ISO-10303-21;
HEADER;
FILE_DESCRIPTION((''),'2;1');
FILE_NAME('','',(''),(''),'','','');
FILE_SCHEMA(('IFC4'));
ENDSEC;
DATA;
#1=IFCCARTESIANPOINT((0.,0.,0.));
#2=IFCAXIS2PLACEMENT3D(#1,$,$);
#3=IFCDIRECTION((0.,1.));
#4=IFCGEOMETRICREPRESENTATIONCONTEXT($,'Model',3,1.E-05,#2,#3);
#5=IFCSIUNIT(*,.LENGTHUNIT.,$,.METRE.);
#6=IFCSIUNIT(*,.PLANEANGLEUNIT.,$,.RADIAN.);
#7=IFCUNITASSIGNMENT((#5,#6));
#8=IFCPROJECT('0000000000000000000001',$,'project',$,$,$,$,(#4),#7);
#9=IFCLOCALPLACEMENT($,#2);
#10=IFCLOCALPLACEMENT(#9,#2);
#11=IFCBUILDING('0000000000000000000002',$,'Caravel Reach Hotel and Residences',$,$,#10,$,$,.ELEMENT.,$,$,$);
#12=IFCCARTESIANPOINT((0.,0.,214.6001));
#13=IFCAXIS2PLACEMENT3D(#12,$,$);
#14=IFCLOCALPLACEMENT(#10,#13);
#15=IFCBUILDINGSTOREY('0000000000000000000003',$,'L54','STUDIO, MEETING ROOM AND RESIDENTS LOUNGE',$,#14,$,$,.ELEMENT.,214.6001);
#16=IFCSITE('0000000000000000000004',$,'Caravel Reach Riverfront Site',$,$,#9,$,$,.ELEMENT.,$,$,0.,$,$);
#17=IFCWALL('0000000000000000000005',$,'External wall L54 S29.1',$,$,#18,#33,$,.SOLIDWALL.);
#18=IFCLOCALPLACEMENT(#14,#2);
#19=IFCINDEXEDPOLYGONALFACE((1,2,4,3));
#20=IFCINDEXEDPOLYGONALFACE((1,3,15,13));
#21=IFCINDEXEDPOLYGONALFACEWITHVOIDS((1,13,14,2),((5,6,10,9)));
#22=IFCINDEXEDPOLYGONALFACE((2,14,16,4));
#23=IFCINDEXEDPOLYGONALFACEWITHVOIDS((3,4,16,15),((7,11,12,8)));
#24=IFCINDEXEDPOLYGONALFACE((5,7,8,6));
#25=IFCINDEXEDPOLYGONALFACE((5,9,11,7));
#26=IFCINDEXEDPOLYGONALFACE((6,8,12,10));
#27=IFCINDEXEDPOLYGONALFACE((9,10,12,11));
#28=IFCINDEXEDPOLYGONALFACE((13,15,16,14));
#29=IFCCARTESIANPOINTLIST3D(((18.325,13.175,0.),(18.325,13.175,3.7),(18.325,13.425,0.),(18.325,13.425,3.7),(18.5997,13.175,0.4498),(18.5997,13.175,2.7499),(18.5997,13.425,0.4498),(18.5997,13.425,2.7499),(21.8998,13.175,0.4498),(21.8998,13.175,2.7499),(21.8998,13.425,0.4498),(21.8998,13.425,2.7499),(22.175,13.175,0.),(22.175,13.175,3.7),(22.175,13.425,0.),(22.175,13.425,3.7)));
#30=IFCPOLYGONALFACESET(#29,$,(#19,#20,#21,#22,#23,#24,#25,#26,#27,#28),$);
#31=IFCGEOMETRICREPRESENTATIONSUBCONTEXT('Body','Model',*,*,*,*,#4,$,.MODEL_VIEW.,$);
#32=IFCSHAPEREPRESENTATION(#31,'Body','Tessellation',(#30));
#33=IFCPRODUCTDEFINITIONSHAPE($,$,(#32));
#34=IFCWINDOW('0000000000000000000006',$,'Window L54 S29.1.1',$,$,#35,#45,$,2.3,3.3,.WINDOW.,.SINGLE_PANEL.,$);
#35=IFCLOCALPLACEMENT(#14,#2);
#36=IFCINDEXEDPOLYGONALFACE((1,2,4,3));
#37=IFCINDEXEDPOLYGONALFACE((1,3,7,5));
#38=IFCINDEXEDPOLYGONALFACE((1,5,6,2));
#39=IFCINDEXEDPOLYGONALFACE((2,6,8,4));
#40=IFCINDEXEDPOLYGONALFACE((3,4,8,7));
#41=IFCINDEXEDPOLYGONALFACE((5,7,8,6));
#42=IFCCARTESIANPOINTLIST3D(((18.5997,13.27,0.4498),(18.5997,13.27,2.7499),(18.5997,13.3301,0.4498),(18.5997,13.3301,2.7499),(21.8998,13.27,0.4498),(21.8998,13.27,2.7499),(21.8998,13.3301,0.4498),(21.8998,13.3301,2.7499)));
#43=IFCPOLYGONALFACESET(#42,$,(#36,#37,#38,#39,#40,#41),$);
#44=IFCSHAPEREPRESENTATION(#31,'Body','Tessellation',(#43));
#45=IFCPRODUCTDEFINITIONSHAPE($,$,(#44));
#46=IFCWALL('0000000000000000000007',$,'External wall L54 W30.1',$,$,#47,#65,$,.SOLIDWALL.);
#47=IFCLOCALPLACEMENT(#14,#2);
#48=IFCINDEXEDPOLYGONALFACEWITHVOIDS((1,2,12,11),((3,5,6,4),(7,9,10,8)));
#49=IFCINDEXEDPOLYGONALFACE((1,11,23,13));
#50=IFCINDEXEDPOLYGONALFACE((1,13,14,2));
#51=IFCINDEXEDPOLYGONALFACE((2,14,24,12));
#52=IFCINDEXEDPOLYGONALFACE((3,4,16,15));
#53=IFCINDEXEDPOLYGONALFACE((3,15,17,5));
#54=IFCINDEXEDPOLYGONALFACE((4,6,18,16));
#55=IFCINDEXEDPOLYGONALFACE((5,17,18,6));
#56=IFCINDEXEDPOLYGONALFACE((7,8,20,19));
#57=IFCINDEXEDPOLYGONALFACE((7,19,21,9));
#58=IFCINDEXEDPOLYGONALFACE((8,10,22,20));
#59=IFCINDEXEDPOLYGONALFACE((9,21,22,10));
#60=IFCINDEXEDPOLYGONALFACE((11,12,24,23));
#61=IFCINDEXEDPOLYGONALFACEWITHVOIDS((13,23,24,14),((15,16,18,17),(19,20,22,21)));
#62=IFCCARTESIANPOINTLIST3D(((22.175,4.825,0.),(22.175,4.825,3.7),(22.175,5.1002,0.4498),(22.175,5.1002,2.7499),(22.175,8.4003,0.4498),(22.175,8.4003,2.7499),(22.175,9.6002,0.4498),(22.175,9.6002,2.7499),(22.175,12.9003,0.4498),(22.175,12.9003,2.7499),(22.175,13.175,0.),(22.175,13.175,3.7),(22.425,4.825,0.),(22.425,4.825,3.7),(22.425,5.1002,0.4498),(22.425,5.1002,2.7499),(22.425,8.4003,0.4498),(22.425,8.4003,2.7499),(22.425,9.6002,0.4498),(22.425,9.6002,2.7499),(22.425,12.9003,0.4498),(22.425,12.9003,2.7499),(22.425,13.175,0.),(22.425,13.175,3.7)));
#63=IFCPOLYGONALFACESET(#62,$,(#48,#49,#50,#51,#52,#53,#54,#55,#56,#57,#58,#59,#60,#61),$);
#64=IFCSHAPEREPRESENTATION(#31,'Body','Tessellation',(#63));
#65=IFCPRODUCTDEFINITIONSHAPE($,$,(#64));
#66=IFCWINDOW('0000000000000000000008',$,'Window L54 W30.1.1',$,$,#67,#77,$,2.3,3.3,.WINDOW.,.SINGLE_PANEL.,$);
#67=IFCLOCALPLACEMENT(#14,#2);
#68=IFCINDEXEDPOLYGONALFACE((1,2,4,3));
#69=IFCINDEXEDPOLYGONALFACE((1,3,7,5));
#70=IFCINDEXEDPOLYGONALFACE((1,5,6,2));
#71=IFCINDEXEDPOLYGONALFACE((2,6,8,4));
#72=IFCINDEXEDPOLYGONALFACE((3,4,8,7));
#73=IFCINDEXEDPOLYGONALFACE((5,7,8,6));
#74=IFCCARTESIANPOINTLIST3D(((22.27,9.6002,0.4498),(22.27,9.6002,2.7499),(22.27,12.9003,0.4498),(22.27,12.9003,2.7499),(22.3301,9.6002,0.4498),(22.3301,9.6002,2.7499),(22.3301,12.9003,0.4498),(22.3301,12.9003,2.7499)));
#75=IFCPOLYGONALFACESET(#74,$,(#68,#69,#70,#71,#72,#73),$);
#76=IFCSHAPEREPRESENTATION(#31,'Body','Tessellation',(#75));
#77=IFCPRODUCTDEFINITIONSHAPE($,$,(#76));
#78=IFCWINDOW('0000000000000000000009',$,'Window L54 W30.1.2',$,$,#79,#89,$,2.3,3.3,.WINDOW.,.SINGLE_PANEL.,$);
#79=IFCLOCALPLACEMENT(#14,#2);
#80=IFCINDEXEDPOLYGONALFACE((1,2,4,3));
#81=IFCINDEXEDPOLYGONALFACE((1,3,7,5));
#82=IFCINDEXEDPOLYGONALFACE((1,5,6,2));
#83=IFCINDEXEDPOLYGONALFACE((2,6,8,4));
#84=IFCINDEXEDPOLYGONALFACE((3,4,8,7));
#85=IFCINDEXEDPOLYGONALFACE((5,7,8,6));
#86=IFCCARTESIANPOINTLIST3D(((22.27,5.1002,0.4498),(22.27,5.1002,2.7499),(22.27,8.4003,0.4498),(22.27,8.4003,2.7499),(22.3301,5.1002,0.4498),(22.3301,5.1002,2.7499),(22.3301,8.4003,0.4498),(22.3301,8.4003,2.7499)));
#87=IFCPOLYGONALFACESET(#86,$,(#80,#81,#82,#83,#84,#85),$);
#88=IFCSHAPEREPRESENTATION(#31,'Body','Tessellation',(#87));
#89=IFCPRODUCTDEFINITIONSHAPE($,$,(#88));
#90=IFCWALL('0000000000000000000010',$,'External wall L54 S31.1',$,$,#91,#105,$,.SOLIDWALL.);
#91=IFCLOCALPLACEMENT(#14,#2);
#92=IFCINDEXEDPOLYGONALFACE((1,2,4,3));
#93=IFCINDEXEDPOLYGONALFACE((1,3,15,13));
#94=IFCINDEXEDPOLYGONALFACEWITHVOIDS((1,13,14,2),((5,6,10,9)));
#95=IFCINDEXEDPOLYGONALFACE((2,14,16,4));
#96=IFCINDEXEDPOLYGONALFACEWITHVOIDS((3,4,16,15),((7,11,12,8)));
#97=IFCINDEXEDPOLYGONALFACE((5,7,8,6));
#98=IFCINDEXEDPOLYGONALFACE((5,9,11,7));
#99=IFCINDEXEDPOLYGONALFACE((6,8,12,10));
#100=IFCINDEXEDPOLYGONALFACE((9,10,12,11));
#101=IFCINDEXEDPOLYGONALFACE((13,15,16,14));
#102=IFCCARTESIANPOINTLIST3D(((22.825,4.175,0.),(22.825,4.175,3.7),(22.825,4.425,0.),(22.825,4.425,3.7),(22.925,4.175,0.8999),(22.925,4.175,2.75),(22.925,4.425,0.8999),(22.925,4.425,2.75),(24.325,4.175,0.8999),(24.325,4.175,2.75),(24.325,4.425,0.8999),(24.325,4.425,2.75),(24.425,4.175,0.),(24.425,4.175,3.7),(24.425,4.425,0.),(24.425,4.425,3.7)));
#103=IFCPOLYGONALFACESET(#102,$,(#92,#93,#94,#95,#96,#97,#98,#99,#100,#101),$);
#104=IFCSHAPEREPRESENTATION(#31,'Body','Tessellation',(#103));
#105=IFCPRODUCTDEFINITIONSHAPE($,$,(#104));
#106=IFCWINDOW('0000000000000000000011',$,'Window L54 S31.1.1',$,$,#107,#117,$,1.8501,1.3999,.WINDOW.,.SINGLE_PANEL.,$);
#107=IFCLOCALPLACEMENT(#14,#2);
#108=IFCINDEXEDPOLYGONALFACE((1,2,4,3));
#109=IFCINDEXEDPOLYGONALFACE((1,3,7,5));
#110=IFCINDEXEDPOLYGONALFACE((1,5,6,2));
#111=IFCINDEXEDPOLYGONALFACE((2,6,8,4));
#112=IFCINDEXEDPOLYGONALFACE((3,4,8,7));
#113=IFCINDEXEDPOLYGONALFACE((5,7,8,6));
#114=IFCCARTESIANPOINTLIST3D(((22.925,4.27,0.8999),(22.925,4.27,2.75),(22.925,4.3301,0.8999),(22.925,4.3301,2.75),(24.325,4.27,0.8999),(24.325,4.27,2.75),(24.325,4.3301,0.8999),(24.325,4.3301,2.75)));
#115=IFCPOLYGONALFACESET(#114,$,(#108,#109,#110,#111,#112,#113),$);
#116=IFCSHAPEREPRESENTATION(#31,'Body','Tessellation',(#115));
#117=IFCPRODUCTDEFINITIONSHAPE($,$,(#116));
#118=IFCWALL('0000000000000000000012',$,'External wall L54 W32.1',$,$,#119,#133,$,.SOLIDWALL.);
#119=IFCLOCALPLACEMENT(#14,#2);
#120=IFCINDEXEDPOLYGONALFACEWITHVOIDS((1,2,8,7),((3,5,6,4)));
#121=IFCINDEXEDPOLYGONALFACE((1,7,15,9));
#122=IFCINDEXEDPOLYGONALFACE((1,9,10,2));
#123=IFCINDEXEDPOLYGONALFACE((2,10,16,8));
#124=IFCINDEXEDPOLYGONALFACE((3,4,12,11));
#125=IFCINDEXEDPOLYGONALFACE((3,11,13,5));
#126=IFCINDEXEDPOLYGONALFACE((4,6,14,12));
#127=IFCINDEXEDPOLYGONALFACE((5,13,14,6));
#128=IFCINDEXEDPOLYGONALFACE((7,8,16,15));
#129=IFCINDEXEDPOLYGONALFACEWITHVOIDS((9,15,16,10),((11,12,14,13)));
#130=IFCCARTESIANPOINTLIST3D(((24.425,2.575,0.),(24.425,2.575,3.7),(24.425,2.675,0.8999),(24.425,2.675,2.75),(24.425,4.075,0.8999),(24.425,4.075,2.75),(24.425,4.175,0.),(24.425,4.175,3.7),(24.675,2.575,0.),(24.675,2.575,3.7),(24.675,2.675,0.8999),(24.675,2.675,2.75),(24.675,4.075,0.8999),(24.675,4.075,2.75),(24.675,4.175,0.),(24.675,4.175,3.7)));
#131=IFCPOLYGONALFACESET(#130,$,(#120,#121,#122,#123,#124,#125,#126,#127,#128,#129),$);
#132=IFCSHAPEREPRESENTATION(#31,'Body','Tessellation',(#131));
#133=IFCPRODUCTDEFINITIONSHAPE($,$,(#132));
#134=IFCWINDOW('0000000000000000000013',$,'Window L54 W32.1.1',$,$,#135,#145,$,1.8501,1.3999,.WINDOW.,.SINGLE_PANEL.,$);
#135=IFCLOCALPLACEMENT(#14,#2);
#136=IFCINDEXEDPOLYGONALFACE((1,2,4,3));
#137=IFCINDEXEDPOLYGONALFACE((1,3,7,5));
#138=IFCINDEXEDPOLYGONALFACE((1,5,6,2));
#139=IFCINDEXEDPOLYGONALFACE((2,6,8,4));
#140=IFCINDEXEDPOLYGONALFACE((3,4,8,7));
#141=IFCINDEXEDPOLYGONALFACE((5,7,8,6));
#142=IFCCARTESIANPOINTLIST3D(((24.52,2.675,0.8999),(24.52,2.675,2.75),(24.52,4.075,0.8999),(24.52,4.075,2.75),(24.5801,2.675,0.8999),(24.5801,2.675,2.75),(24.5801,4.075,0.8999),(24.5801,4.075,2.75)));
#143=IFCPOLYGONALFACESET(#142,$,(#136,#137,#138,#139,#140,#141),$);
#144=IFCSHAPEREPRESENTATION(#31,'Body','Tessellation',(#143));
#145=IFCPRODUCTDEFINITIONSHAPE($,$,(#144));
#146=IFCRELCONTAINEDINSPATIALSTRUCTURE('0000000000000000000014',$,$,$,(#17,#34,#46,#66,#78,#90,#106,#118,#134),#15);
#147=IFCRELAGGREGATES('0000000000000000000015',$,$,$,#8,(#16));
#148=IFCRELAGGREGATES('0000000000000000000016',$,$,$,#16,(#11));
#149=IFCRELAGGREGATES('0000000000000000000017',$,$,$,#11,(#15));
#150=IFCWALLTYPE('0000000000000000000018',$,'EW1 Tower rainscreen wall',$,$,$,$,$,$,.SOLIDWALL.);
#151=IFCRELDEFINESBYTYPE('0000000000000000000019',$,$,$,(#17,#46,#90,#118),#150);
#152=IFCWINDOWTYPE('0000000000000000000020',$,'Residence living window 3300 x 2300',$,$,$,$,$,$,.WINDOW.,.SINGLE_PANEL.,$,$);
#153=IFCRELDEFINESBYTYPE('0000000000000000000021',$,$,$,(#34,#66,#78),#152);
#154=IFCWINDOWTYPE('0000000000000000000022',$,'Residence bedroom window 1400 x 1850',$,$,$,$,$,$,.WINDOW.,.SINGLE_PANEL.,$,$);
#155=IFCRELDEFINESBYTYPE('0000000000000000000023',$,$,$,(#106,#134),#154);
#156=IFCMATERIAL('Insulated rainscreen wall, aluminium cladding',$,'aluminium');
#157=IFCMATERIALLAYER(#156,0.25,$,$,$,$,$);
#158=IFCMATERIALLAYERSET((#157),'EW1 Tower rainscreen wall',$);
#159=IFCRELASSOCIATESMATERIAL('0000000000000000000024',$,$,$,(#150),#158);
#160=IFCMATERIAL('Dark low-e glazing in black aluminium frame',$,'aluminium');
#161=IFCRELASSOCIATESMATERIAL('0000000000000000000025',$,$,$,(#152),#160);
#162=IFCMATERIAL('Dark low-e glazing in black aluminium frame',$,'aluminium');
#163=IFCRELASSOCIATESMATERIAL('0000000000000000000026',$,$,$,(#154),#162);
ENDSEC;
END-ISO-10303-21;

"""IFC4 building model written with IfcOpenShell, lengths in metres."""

from ifc_helpers import new_model, si_unit, direction, frame, frame_2d, origin, place, context, subcontext, project, spatial, rectangle, extrude, material, layer, layer_set, type_object, element, fill, save


model = new_model("IFC4")

# Units and contexts
model_context = context("Model", 3, precision=1e-05, world=origin(), true_north=direction((0.0, 1.0)))
body_context = subcontext(model_context, "Body", "Model", "MODEL_VIEW")
ifc_project = project(units=[si_unit("LENGTHUNIT", "METRE"), si_unit("PLANEANGLEUNIT", "RADIAN")], contexts=[model_context])

# Site, building, storey
site_placement = place(None, origin())
site = spatial("IfcSite", under=ifc_project, at=site_placement, Name="Caravel Reach Riverfront Site", CompositionType="ELEMENT", RefElevation=0.0)
building_placement = place(site_placement, origin())
building = spatial("IfcBuilding", under=site, at=building_placement, Name="Caravel Reach Hotel and Residences", CompositionType="ELEMENT")
storey_placement = place(building_placement, frame((0.0, 0.0, 214.6001)))
storey = spatial("IfcBuildingStorey", under=building, at=storey_placement, Name="L54", Description="STUDIO, MEETING ROOM AND RESIDENTS LOUNGE", CompositionType="ELEMENT", Elevation=214.6001)

# Wall, opening, window
ifc_material_1 = material(Name="Insulated rainscreen wall, aluminium cladding", Category="aluminium")
ifc_layer_1 = layer(ifc_material_1, 0.25)
ifc_layer_set_1 = layer_set([ifc_layer_1], Name="EW1 Tower rainscreen wall")
wall_type_1 = type_object("IfcWallType", Name="EW1 Tower rainscreen wall", PredefinedType="SOLIDWALL", material=ifc_layer_set_1)
wall_1_placement = place(storey_placement, frame((18.325, 13.3, 0.0), z_axis=(0.0, 0.0, 1.0), x_axis=(1.0, 0.0, 0.0)))
wall_1 = element("IfcWall", 1, at=wall_1_placement, inside=storey, type_object=wall_type_1, Name="External wall L54 S29.1", PredefinedType="SOLIDWALL", context=body_context, shape_type="SweptSolid", body=[
    extrude(rectangle(XDim=3.8501, YDim=0.25, at=frame_2d((1.925, 0.0))), origin(), (0.0, 0.0, 1.0), 3.7),
])
opening_1_placement = place(wall_1_placement, frame((0.2749, 0.0, 0.45)))
opening_1 = element("IfcOpeningElement", 2, at=opening_1_placement, cuts=wall_1, PredefinedType="OPENING", context=body_context, shape_type="SweptSolid", body=[
    extrude(rectangle(XDim=3.3, YDim=2.3, at=frame_2d((1.6499, 1.1499))), frame((0.0, 0.135, 0.0), z_axis=(0.0, -1.0, 0.0), x_axis=(1.0, 0.0, 0.0)), (0.0, 0.0, 1.0), 0.27),
])
ifc_material_2 = material(Name="Dark low-e glazing in black aluminium frame", Category="aluminium")
window_type_1 = type_object("IfcWindowType", Name="Residence living window 3300 x 2300", PartitioningType="SINGLE_PANEL", PredefinedType="WINDOW", material=ifc_material_2)
window_1_placement = place(opening_1_placement, origin())
window_1 = element("IfcWindow", 3, at=window_1_placement, inside=storey, type_object=window_type_1, Name="Window L54 S29.1.1", OverallHeight=2.3, OverallWidth=3.3, PartitioningType="SINGLE_PANEL", PredefinedType="WINDOW", context=body_context, shape_type="SweptSolid", body=[
    extrude(rectangle(XDim=3.3, YDim=2.3, at=frame_2d((1.6499, 1.1499))), frame((0.0, 0.03, 0.0), z_axis=(0.0, -1.0, 0.0), x_axis=(1.0, 0.0, 0.0)), (0.0, 0.0, 1.0), 0.0601),
])
fill(opening_1, window_1)

# Wall, openings, windows
wall_2_placement = place(storey_placement, frame((22.3, 13.175, 0.0), z_axis=(0.0, 0.0, 1.0), x_axis=(0.0, -1.0, 0.0)))
wall_2 = element("IfcWall", 4, at=wall_2_placement, inside=storey, type_object=wall_type_1, Name="External wall L54 W30.1", PredefinedType="SOLIDWALL", context=body_context, shape_type="SweptSolid", body=[
    extrude(rectangle(XDim=8.3501, YDim=0.25, at=frame_2d((4.175, 0.0))), origin(), (0.0, 0.0, 1.0), 3.7),
])
opening_2_placement = place(wall_2_placement, frame((0.2749, 0.0, 0.45)))
opening_2 = element("IfcOpeningElement", 5, at=opening_2_placement, cuts=wall_2, PredefinedType="OPENING", context=body_context, shape_type="SweptSolid", body=[
    extrude(rectangle(XDim=3.3, YDim=2.3, at=frame_2d((1.6499, 1.1499))), frame((0.0, 0.135, 0.0), z_axis=(0.0, -1.0, 0.0), x_axis=(1.0, 0.0, 0.0)), (0.0, 0.0, 1.0), 0.27),
])
opening_3_placement = place(wall_2_placement, frame((4.7749, 0.0, 0.45)))
opening_3 = element("IfcOpeningElement", 6, at=opening_3_placement, cuts=wall_2, PredefinedType="OPENING", context=body_context, shape_type="SweptSolid", body=[
    extrude(rectangle(XDim=3.3, YDim=2.3, at=frame_2d((1.6499, 1.1499))), frame((0.0, 0.135, 0.0), z_axis=(0.0, -1.0, 0.0), x_axis=(1.0, 0.0, 0.0)), (0.0, 0.0, 1.0), 0.27),
])
window_2_placement = place(opening_2_placement, origin())
window_2 = element("IfcWindow", 7, at=window_2_placement, inside=storey, type_object=window_type_1, Name="Window L54 W30.1.1", OverallHeight=2.3, OverallWidth=3.3, PartitioningType="SINGLE_PANEL", PredefinedType="WINDOW", context=body_context, shape_type="SweptSolid", body=[
    extrude(rectangle(XDim=3.3, YDim=2.3, at=frame_2d((1.6499, 1.1499))), frame((0.0, 0.03, 0.0), z_axis=(0.0, -1.0, 0.0), x_axis=(1.0, 0.0, 0.0)), (0.0, 0.0, 1.0), 0.0601),
])
fill(opening_2, window_2)
window_3_placement = place(opening_3_placement, origin())
window_3 = element("IfcWindow", 8, at=window_3_placement, inside=storey, type_object=window_type_1, Name="Window L54 W30.1.2", OverallHeight=2.3, OverallWidth=3.3, PartitioningType="SINGLE_PANEL", PredefinedType="WINDOW", context=body_context, shape_type="SweptSolid", body=[
    extrude(rectangle(XDim=3.3, YDim=2.3, at=frame_2d((1.6499, 1.1499))), frame((0.0, 0.03, 0.0), z_axis=(0.0, -1.0, 0.0), x_axis=(1.0, 0.0, 0.0)), (0.0, 0.0, 1.0), 0.0601),
])
fill(opening_3, window_3)

# Walls, openings, windows
wall_3_placement = place(storey_placement, frame((22.825, 4.3, 0.0), z_axis=(0.0, 0.0, 1.0), x_axis=(1.0, 0.0, 0.0)))
wall_3 = element("IfcWall", 9, at=wall_3_placement, inside=storey, type_object=wall_type_1, Name="External wall L54 S31.1", PredefinedType="SOLIDWALL", context=body_context, shape_type="SweptSolid", body=[
    extrude(rectangle(XDim=1.6001, YDim=0.25, at=frame_2d((0.8, 0.0))), origin(), (0.0, 0.0, 1.0), 3.7),
])
opening_4_placement = place(wall_3_placement, frame((0.1001, 0.0, 0.8999)))
opening_4 = element("IfcOpeningElement", 10, at=opening_4_placement, cuts=wall_3, PredefinedType="OPENING", context=body_context, shape_type="SweptSolid", body=[
    extrude(rectangle(XDim=1.3999, YDim=1.8501, at=frame_2d((0.7, 0.925))), frame((0.0, 0.135, 0.0), z_axis=(0.0, -1.0, 0.0), x_axis=(1.0, 0.0, 0.0)), (0.0, 0.0, 1.0), 0.27),
])
ifc_material_3 = material(Name="Dark low-e glazing in black aluminium frame", Category="aluminium")
window_type_2 = type_object("IfcWindowType", Name="Residence bedroom window 1400 x 1850", PartitioningType="SINGLE_PANEL", PredefinedType="WINDOW", material=ifc_material_3)
window_4_placement = place(opening_4_placement, origin())
window_4 = element("IfcWindow", 11, at=window_4_placement, inside=storey, type_object=window_type_2, Name="Window L54 S31.1.1", OverallHeight=1.8501, OverallWidth=1.3999, PartitioningType="SINGLE_PANEL", PredefinedType="WINDOW", context=body_context, shape_type="SweptSolid", body=[
    extrude(rectangle(XDim=1.3999, YDim=1.8501, at=frame_2d((0.7, 0.925))), frame((0.0, 0.03, 0.0), z_axis=(0.0, -1.0, 0.0), x_axis=(1.0, 0.0, 0.0)), (0.0, 0.0, 1.0), 0.0601),
])
fill(opening_4, window_4)
wall_4_placement = place(storey_placement, frame((24.55, 4.175, 0.0), z_axis=(0.0, 0.0, 1.0), x_axis=(0.0, -1.0, 0.0)))
wall_4 = element("IfcWall", 12, at=wall_4_placement, inside=storey, type_object=wall_type_1, Name="External wall L54 W32.1", PredefinedType="SOLIDWALL", context=body_context, shape_type="SweptSolid", body=[
    extrude(rectangle(XDim=1.6001, YDim=0.25, at=frame_2d((0.8, 0.0))), origin(), (0.0, 0.0, 1.0), 3.7),
])
opening_5_placement = place(wall_4_placement, frame((0.1001, 0.0, 0.8999)))
opening_5 = element("IfcOpeningElement", 13, at=opening_5_placement, cuts=wall_4, PredefinedType="OPENING", context=body_context, shape_type="SweptSolid", body=[
    extrude(rectangle(XDim=1.3999, YDim=1.8501, at=frame_2d((0.7, 0.925))), frame((0.0, 0.135, 0.0), z_axis=(0.0, -1.0, 0.0), x_axis=(1.0, 0.0, 0.0)), (0.0, 0.0, 1.0), 0.27),
])
window_5_placement = place(opening_5_placement, origin())
window_5 = element("IfcWindow", 14, at=window_5_placement, inside=storey, type_object=window_type_2, Name="Window L54 W32.1.1", OverallHeight=1.8501, OverallWidth=1.3999, PartitioningType="SINGLE_PANEL", PredefinedType="WINDOW", context=body_context, shape_type="SweptSolid", body=[
    extrude(rectangle(XDim=1.3999, YDim=1.8501, at=frame_2d((0.7, 0.925))), frame((0.0, 0.03, 0.0), z_axis=(0.0, -1.0, 0.0), x_axis=(1.0, 0.0, 0.0)), (0.0, 0.0, 1.0), 0.0601),
])
fill(opening_5, window_5)

save(model, "model.ifc")
